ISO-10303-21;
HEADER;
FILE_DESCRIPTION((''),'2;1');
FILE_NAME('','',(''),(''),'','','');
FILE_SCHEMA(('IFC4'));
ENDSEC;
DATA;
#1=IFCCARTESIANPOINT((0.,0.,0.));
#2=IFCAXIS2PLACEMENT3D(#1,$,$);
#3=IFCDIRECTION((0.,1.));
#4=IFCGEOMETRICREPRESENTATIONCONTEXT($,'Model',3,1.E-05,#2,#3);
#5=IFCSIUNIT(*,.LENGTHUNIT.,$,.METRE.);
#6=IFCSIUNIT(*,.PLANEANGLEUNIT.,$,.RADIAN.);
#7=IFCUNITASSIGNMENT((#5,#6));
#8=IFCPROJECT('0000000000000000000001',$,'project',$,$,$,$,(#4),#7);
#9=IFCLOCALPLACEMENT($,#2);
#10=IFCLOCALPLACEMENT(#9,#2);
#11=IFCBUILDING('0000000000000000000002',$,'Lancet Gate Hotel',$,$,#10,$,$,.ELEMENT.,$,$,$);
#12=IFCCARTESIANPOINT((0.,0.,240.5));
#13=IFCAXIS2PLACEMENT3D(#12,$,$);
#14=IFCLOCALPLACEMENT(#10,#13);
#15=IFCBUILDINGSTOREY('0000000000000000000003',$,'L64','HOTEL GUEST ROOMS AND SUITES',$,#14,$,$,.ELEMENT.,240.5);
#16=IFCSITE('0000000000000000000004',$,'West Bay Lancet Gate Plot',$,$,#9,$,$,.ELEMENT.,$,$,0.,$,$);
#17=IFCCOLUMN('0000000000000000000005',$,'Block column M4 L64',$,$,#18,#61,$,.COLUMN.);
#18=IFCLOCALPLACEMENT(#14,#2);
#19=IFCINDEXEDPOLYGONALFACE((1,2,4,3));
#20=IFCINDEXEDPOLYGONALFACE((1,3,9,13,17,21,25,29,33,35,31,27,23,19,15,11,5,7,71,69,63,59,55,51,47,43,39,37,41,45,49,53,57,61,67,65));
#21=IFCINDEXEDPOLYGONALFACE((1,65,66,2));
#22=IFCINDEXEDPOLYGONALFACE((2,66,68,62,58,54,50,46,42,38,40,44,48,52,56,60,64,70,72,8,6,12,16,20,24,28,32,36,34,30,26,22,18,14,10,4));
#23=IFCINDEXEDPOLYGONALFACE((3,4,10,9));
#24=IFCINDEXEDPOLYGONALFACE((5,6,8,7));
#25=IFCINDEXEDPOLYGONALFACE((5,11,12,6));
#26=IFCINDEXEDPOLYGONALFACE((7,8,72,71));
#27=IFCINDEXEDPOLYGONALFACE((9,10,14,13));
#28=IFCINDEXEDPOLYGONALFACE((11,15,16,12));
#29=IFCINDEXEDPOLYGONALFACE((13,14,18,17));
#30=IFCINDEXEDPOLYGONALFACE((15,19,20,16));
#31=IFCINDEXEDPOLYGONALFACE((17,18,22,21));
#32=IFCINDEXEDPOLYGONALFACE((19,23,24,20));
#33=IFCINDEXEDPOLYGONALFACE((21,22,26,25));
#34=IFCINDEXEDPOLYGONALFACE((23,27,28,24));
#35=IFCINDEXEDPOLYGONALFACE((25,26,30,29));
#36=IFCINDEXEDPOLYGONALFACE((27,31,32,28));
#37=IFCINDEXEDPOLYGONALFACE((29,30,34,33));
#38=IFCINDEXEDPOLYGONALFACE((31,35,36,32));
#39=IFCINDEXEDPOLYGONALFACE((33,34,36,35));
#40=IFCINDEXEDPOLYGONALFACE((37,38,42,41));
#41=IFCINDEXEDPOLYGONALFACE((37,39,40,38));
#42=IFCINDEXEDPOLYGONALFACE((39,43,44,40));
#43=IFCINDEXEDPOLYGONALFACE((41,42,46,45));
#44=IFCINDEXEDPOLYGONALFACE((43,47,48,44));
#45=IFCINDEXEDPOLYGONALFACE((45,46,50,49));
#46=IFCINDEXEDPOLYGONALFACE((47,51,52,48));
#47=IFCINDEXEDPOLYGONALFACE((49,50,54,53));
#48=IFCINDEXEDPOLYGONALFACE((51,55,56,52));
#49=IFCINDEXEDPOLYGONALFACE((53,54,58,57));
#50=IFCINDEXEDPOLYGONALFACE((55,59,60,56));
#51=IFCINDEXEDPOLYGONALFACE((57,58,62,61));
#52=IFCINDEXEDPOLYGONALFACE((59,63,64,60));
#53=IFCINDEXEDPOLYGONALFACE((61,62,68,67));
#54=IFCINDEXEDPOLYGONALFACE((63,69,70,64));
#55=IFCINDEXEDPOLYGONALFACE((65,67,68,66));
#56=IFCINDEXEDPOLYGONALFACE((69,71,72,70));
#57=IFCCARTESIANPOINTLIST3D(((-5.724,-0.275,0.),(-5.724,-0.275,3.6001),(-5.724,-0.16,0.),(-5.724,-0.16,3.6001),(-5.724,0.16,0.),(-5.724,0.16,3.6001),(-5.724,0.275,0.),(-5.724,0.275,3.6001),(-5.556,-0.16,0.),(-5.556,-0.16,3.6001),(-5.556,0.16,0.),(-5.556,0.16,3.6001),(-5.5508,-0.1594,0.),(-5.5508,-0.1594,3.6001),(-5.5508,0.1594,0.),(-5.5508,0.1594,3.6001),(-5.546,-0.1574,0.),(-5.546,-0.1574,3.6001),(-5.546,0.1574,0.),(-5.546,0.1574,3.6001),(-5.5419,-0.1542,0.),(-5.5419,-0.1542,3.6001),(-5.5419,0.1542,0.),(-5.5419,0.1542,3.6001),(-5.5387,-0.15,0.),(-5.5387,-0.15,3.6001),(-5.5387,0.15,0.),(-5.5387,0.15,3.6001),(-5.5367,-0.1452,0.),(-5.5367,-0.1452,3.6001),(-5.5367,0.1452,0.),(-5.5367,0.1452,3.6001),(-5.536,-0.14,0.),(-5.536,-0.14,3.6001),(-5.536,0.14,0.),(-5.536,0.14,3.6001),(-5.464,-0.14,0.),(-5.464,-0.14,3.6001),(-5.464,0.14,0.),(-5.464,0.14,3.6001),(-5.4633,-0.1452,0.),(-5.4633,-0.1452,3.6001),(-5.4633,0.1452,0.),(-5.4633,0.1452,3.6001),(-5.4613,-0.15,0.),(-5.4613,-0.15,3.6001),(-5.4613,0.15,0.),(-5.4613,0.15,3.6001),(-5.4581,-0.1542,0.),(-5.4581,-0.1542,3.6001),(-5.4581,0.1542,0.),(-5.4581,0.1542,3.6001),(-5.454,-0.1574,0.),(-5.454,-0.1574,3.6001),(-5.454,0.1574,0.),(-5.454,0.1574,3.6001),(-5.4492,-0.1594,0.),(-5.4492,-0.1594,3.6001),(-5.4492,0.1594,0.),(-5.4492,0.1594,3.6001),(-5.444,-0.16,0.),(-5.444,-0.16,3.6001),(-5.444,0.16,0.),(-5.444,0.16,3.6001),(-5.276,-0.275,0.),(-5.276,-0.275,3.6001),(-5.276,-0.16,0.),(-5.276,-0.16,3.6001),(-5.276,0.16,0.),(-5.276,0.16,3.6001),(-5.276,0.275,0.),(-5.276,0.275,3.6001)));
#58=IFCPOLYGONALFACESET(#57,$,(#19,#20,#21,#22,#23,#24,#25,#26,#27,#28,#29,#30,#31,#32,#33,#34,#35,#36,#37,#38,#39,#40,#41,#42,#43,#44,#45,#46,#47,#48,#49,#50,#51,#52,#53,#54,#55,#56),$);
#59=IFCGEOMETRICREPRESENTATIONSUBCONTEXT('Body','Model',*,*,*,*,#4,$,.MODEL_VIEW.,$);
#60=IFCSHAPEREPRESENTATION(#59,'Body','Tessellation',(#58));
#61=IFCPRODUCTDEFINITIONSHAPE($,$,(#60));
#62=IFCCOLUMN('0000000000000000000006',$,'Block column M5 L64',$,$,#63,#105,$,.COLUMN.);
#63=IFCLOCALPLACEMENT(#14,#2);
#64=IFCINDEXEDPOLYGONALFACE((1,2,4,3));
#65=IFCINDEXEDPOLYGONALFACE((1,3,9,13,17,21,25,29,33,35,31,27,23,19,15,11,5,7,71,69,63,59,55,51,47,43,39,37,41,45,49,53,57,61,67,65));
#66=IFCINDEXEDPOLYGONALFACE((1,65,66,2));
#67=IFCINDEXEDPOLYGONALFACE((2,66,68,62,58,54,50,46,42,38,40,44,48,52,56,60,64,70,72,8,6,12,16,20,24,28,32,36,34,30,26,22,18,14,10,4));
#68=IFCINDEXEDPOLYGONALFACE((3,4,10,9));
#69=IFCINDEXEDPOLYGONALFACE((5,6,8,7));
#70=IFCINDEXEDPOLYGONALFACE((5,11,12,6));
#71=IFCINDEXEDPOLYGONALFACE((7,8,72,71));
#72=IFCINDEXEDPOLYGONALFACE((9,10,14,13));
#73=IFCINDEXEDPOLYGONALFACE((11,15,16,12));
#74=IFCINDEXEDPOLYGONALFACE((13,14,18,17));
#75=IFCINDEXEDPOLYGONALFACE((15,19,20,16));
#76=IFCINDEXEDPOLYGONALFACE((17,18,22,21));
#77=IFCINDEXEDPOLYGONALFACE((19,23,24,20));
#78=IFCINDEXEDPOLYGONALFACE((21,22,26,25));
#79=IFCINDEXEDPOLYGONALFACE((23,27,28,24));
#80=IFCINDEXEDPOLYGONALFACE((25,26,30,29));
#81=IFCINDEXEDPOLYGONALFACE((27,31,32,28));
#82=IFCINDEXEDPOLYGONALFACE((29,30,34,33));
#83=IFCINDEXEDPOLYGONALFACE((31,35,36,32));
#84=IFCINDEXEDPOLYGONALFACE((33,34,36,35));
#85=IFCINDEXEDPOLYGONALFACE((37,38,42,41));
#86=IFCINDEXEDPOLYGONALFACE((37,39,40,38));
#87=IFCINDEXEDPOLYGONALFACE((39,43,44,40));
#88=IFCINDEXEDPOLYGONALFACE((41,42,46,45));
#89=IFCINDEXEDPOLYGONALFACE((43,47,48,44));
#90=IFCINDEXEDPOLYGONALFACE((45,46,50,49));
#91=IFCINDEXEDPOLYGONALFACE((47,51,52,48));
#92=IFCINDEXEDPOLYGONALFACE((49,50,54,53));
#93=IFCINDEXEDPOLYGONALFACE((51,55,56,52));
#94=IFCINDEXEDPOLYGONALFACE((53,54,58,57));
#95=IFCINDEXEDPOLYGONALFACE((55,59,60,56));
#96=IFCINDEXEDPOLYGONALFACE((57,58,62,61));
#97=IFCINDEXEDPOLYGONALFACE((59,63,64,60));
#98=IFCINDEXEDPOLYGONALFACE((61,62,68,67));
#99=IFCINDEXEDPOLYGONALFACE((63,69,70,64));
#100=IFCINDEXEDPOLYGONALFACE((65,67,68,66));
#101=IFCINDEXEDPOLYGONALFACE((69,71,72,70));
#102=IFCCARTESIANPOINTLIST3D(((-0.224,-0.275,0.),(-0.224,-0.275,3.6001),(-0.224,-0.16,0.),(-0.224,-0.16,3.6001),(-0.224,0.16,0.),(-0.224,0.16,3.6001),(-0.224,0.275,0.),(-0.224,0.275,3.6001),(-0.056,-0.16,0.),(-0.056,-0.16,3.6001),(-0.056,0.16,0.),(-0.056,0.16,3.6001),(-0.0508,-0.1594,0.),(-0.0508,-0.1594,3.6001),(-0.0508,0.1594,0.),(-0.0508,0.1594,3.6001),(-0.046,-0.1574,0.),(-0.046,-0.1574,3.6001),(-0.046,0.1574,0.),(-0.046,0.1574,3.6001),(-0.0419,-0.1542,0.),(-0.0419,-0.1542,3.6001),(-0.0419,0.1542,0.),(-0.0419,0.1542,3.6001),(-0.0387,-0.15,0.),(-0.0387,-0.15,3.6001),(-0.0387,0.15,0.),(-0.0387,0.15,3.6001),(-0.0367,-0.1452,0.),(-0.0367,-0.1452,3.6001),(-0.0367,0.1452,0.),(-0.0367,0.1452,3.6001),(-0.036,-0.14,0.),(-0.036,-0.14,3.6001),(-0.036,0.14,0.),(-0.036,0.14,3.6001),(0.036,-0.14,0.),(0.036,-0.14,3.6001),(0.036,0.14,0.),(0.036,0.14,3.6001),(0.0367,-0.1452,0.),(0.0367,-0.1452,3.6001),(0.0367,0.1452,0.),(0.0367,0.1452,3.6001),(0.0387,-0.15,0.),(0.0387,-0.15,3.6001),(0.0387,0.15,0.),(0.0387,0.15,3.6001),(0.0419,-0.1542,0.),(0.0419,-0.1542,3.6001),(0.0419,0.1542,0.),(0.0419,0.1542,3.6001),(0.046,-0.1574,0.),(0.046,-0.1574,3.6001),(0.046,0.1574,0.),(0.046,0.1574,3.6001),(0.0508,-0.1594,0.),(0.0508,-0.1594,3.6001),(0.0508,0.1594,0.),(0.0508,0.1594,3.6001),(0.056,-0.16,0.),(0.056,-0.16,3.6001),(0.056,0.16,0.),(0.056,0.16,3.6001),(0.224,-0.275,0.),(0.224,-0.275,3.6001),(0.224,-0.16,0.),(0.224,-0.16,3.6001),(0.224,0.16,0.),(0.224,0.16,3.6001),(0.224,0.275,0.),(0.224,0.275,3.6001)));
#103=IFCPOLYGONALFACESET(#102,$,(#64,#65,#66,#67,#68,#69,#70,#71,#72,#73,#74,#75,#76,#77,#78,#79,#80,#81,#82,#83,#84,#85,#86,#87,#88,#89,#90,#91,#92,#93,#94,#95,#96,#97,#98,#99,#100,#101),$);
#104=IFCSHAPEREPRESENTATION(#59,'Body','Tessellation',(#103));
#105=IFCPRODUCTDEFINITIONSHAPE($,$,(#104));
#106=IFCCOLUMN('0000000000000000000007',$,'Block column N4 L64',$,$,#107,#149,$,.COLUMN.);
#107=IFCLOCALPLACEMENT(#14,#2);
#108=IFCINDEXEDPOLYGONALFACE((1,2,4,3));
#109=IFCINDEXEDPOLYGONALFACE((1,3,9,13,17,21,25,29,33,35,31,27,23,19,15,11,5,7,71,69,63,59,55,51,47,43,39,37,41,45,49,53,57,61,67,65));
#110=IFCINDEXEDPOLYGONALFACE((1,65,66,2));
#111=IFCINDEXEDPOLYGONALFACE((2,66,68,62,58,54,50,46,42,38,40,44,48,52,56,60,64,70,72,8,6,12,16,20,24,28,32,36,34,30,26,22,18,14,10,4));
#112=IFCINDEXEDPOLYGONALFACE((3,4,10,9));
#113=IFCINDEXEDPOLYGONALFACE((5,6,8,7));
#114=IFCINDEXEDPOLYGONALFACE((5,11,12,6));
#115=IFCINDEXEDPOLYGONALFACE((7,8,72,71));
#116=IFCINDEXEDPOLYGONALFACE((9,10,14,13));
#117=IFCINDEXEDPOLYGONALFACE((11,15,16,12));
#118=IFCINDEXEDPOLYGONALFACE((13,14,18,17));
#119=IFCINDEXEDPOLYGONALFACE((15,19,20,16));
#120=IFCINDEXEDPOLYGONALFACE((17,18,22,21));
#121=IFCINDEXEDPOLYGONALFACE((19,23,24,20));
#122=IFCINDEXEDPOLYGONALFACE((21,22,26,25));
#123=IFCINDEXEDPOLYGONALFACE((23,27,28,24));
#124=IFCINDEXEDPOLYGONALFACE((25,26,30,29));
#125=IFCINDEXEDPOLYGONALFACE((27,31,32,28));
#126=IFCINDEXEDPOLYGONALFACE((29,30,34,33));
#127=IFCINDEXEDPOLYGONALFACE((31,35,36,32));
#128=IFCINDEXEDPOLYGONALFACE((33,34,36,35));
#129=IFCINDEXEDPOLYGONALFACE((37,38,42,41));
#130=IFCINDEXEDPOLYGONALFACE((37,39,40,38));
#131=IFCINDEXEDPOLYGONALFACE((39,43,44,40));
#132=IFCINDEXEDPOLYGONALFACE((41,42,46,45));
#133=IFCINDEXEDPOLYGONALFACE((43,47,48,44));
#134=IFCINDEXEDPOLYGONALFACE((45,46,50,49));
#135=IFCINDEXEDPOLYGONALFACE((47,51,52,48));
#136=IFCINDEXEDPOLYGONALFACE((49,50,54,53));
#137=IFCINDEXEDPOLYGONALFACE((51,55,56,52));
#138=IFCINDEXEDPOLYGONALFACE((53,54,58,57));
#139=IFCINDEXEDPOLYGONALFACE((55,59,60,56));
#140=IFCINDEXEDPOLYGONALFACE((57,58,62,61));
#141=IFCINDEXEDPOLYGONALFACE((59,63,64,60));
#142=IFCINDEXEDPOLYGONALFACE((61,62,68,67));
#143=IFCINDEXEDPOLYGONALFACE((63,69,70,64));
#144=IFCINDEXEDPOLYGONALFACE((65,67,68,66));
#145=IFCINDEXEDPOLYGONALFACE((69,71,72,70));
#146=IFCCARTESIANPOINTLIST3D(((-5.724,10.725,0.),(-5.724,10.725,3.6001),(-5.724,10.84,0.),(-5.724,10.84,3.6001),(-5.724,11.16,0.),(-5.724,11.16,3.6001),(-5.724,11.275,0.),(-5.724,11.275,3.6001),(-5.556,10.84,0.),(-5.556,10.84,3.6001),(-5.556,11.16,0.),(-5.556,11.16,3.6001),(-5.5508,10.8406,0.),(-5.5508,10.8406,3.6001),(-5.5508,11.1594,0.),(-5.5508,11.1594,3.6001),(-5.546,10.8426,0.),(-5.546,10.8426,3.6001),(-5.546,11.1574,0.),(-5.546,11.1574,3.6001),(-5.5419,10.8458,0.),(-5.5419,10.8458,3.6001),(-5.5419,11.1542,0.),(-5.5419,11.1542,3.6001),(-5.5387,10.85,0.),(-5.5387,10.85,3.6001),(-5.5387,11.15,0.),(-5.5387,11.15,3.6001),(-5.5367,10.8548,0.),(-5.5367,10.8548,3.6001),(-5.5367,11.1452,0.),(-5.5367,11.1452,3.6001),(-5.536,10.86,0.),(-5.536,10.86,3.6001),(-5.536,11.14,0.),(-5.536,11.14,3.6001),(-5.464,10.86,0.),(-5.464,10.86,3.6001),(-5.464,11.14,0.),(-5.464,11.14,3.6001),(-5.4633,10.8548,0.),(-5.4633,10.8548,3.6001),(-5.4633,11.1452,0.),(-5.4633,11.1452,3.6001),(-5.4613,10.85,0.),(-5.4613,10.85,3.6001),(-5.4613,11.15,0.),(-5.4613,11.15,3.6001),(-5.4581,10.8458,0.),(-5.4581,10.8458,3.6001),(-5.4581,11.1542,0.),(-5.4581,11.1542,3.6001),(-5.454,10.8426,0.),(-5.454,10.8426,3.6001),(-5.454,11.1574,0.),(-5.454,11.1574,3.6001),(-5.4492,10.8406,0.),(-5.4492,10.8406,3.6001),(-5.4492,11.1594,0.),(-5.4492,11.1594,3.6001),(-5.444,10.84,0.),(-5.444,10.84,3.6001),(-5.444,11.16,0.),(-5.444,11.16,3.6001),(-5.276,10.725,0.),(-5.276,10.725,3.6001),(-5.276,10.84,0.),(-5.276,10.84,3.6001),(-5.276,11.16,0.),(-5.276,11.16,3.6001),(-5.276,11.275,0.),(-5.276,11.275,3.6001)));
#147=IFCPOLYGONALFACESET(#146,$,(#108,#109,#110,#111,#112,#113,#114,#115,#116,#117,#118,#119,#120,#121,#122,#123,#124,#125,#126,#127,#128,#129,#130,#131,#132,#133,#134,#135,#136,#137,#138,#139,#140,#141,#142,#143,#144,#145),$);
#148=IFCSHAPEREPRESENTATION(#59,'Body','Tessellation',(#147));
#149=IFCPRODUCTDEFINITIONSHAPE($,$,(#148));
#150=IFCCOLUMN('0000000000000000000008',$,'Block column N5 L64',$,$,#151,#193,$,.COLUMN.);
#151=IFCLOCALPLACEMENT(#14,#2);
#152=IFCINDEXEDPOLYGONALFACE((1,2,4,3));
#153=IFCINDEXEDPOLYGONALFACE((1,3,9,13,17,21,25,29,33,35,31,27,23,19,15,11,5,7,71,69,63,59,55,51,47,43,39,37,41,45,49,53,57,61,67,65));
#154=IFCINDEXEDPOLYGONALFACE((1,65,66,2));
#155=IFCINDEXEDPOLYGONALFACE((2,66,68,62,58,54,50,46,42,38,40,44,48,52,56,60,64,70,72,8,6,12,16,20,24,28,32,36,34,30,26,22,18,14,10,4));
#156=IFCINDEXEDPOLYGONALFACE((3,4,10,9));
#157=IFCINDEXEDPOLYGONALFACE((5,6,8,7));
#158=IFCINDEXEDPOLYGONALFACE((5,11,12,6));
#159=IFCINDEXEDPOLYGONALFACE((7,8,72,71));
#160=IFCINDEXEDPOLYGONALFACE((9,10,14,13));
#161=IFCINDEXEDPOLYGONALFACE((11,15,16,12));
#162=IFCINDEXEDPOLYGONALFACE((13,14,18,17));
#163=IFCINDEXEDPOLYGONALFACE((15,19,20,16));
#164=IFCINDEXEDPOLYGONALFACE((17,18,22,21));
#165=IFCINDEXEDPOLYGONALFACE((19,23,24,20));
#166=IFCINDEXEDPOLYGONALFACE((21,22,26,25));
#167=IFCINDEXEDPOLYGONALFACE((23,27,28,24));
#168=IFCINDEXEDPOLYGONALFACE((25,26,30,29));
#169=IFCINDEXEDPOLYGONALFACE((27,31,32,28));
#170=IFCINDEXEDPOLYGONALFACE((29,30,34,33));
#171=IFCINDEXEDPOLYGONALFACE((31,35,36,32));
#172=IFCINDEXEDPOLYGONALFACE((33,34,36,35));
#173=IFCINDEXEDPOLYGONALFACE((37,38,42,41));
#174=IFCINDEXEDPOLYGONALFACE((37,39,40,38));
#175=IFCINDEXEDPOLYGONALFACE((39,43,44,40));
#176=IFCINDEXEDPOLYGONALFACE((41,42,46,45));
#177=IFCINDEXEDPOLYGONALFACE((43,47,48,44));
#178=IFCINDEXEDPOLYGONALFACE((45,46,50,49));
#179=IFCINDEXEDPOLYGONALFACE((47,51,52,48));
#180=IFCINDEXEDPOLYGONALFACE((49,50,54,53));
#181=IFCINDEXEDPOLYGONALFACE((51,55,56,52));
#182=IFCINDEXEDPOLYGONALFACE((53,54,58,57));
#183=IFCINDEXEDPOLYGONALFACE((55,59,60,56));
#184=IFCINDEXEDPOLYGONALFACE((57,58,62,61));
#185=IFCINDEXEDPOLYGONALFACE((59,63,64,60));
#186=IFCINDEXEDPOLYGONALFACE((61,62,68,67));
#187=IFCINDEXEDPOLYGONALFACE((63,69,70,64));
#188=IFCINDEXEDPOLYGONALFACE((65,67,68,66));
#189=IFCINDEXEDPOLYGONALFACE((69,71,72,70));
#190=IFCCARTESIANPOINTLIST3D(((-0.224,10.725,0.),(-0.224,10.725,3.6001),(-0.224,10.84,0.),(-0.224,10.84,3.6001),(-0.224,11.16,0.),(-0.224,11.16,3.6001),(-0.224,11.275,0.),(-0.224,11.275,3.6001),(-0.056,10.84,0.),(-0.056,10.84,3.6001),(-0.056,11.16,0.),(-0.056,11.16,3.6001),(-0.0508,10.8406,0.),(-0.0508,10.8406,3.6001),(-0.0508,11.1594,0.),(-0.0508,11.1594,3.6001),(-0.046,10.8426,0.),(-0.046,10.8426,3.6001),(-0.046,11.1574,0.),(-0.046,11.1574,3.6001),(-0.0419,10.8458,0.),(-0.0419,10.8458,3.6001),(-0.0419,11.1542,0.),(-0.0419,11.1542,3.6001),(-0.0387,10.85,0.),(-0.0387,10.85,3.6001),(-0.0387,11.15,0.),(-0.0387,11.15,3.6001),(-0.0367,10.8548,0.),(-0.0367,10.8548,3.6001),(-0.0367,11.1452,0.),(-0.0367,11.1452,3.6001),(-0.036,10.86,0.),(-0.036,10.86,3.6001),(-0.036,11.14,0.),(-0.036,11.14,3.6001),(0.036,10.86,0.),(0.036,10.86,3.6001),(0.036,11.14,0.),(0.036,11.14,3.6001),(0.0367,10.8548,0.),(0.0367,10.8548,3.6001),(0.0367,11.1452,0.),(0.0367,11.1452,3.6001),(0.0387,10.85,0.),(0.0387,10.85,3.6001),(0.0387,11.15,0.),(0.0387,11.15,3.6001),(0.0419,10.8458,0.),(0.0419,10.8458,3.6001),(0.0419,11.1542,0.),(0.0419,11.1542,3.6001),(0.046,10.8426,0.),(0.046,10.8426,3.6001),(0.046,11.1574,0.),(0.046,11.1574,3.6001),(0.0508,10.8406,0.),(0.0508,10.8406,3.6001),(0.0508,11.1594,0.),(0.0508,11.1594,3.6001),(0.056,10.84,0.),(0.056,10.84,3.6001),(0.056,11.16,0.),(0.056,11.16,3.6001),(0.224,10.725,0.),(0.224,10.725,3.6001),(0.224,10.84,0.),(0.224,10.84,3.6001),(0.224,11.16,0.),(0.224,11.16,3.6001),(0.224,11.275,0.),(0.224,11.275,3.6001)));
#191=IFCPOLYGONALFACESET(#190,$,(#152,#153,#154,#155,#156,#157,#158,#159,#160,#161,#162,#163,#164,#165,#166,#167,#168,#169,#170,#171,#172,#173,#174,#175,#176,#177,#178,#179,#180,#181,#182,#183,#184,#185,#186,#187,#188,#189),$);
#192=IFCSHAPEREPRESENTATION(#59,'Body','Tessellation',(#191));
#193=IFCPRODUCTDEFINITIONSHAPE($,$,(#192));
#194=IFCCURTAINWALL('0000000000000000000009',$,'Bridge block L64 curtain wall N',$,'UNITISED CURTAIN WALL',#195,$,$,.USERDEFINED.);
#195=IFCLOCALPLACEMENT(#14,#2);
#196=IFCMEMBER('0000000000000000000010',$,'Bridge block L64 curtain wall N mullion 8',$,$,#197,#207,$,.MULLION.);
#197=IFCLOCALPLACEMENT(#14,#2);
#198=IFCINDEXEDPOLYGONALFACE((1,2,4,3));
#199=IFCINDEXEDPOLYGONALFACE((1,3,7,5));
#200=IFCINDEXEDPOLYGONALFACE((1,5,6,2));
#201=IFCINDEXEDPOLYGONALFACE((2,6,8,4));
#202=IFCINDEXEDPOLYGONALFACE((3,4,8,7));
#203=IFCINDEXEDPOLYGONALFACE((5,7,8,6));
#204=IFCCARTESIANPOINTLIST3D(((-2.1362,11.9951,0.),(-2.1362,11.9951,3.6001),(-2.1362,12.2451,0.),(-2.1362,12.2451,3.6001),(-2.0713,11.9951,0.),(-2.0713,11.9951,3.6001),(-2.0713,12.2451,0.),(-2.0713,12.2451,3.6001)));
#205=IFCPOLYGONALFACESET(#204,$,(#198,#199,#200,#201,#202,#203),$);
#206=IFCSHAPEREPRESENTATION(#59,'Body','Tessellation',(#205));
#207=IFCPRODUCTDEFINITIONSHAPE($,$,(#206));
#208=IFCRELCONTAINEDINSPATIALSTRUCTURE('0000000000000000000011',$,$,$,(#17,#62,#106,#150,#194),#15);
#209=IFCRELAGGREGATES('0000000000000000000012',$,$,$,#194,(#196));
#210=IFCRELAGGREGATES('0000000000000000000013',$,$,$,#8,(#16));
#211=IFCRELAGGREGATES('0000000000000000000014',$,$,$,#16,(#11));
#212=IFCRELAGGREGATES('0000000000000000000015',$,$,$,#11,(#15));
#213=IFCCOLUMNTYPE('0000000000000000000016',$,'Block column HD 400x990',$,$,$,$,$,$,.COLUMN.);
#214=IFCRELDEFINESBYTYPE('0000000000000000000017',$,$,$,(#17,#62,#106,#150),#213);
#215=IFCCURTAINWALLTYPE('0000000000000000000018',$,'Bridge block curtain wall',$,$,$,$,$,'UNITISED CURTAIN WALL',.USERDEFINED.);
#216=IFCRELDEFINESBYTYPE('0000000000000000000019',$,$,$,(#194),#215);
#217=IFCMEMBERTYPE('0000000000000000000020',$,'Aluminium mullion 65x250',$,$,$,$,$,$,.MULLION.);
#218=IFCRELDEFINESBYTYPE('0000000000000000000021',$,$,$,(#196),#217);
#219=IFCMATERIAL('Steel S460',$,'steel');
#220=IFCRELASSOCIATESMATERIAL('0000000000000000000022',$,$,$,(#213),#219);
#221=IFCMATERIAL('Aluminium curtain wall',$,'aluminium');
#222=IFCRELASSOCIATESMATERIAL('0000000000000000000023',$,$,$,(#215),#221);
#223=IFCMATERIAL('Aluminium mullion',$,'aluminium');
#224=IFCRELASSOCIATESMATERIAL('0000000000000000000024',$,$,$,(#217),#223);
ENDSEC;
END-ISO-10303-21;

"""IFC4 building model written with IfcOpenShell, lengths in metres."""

from ifc_helpers import new_model, si_unit, direction, frame, origin, origin_2d, place, context, subcontext, project, spatial, rectangle, i_section, extrude, material, material_profile, profile_set, type_object, element, aggregate, save


model = new_model("IFC4")

# Units and contexts
model_context = context("Model", 3, precision=1e-05, world=origin(), true_north=direction((0.0, 1.0)))
body_context = subcontext(model_context, "Body", "Model", "MODEL_VIEW")
ifc_project = project(units=[si_unit("LENGTHUNIT", "METRE"), si_unit("PLANEANGLEUNIT", "RADIAN")], contexts=[model_context])

# Site, building, storey
site_placement = place(None, origin())
site = spatial("IfcSite", under=ifc_project, at=site_placement, Name="West Bay Lancet Gate Plot", CompositionType="ELEMENT", RefElevation=0.0)
building_placement = place(site_placement, origin())
building = spatial("IfcBuilding", under=site, at=building_placement, Name="Lancet Gate Hotel", CompositionType="ELEMENT")
storey_placement = place(building_placement, frame((0.0, 0.0, 240.5)))
storey = spatial("IfcBuildingStorey", under=building, at=storey_placement, Name="L64", Description="HOTEL GUEST ROOMS AND SUITES", CompositionType="ELEMENT", Elevation=240.5)

# Columns
ifc_material_1 = material(Name="Steel S460", Category="steel")
ifc_material_profile_1 = material_profile(ifc_material_1, i_section(OverallWidth=0.448, OverallDepth=0.55, WebThickness=0.072, FlangeThickness=0.115, FilletRadius=0.02, at=origin_2d()), Name="HD 400x990")
ifc_profile_set_1 = profile_set([ifc_material_profile_1], Name="Steel S460")
column_type = type_object("IfcColumnType", Name="Block column HD 400x990", PredefinedType="COLUMN", material=ifc_profile_set_1)
for number, where, z_axis, x_axis, name in (
    (1, (-5.5, 0.0, 0.0), (0.0, 0.0, 1.0), (1.0, 0.0, 0.0), "Block column M4 L64"),
    (2, (0.0, 0.0, 0.0), (0.0, 0.0, 1.0), (1.0, 0.0, 0.0), "Block column M5 L64"),
    (3, (-5.5, 11.0, 0.0), (0.0, 0.0, 1.0), (1.0, 0.0, 0.0), "Block column N4 L64"),
    (4, (0.0, 11.0, 0.0), (0.0, 0.0, 1.0), (1.0, 0.0, 0.0), "Block column N5 L64"),
):
    element("IfcColumn", number, at=place(storey_placement, frame(where, z_axis=z_axis, x_axis=x_axis)), inside=storey, type_object=column_type, Name=name, PredefinedType="COLUMN", context=body_context, shape_type="SweptSolid", body=[
        extrude(i_section(OverallWidth=0.448, OverallDepth=0.55, WebThickness=0.072, FlangeThickness=0.115, FilletRadius=0.02, at=origin_2d()), origin(), (0.0, 0.0, 1.0), 3.6001),
    ])

# Curtain wall, member
ifc_material_2 = material(Name="Aluminium curtain wall", Category="aluminium")
curtain_wall_type = type_object("IfcCurtainWallType", Name="Bridge block curtain wall", ElementType="UNITISED CURTAIN WALL", PredefinedType="USERDEFINED", material=ifc_material_2)
curtain_wall_placement = place(storey_placement, origin())
curtain_wall = element("IfcCurtainWall", 5, at=curtain_wall_placement, inside=storey, type_object=curtain_wall_type, Name="Bridge block L64 curtain wall N", ObjectType="UNITISED CURTAIN WALL", PredefinedType="USERDEFINED")
ifc_material_3 = material(Name="Aluminium mullion", Category="aluminium")
ifc_material_profile_2 = material_profile(ifc_material_3, rectangle(XDim=0.0649, YDim=0.25, at=origin_2d()), Name="MULLION 65x250")
ifc_profile_set_2 = profile_set([ifc_material_profile_2], Name="Aluminium mullion")
member_type_1 = type_object("IfcMemberType", Name="Aluminium mullion 65x250", PredefinedType="MULLION", material=ifc_profile_set_2)
member_1_placement = place(storey_placement, frame((-2.1038, 12.1201, 0.0), z_axis=(0.0, 0.0, 1.0), x_axis=(-1.0, 0.0, 0.0)))
member_1 = element("IfcMember", 6, at=member_1_placement, type_object=member_type_1, Name="Bridge block L64 curtain wall N mullion 8", PredefinedType="MULLION", context=body_context, shape_type="SweptSolid", body=[
    extrude(rectangle(XDim=0.0649, YDim=0.25, at=origin_2d()), origin(), (0.0, 0.0, 1.0), 3.6001),
])

aggregate(curtain_wall, [member_1])

save(model, "model.ifc")
